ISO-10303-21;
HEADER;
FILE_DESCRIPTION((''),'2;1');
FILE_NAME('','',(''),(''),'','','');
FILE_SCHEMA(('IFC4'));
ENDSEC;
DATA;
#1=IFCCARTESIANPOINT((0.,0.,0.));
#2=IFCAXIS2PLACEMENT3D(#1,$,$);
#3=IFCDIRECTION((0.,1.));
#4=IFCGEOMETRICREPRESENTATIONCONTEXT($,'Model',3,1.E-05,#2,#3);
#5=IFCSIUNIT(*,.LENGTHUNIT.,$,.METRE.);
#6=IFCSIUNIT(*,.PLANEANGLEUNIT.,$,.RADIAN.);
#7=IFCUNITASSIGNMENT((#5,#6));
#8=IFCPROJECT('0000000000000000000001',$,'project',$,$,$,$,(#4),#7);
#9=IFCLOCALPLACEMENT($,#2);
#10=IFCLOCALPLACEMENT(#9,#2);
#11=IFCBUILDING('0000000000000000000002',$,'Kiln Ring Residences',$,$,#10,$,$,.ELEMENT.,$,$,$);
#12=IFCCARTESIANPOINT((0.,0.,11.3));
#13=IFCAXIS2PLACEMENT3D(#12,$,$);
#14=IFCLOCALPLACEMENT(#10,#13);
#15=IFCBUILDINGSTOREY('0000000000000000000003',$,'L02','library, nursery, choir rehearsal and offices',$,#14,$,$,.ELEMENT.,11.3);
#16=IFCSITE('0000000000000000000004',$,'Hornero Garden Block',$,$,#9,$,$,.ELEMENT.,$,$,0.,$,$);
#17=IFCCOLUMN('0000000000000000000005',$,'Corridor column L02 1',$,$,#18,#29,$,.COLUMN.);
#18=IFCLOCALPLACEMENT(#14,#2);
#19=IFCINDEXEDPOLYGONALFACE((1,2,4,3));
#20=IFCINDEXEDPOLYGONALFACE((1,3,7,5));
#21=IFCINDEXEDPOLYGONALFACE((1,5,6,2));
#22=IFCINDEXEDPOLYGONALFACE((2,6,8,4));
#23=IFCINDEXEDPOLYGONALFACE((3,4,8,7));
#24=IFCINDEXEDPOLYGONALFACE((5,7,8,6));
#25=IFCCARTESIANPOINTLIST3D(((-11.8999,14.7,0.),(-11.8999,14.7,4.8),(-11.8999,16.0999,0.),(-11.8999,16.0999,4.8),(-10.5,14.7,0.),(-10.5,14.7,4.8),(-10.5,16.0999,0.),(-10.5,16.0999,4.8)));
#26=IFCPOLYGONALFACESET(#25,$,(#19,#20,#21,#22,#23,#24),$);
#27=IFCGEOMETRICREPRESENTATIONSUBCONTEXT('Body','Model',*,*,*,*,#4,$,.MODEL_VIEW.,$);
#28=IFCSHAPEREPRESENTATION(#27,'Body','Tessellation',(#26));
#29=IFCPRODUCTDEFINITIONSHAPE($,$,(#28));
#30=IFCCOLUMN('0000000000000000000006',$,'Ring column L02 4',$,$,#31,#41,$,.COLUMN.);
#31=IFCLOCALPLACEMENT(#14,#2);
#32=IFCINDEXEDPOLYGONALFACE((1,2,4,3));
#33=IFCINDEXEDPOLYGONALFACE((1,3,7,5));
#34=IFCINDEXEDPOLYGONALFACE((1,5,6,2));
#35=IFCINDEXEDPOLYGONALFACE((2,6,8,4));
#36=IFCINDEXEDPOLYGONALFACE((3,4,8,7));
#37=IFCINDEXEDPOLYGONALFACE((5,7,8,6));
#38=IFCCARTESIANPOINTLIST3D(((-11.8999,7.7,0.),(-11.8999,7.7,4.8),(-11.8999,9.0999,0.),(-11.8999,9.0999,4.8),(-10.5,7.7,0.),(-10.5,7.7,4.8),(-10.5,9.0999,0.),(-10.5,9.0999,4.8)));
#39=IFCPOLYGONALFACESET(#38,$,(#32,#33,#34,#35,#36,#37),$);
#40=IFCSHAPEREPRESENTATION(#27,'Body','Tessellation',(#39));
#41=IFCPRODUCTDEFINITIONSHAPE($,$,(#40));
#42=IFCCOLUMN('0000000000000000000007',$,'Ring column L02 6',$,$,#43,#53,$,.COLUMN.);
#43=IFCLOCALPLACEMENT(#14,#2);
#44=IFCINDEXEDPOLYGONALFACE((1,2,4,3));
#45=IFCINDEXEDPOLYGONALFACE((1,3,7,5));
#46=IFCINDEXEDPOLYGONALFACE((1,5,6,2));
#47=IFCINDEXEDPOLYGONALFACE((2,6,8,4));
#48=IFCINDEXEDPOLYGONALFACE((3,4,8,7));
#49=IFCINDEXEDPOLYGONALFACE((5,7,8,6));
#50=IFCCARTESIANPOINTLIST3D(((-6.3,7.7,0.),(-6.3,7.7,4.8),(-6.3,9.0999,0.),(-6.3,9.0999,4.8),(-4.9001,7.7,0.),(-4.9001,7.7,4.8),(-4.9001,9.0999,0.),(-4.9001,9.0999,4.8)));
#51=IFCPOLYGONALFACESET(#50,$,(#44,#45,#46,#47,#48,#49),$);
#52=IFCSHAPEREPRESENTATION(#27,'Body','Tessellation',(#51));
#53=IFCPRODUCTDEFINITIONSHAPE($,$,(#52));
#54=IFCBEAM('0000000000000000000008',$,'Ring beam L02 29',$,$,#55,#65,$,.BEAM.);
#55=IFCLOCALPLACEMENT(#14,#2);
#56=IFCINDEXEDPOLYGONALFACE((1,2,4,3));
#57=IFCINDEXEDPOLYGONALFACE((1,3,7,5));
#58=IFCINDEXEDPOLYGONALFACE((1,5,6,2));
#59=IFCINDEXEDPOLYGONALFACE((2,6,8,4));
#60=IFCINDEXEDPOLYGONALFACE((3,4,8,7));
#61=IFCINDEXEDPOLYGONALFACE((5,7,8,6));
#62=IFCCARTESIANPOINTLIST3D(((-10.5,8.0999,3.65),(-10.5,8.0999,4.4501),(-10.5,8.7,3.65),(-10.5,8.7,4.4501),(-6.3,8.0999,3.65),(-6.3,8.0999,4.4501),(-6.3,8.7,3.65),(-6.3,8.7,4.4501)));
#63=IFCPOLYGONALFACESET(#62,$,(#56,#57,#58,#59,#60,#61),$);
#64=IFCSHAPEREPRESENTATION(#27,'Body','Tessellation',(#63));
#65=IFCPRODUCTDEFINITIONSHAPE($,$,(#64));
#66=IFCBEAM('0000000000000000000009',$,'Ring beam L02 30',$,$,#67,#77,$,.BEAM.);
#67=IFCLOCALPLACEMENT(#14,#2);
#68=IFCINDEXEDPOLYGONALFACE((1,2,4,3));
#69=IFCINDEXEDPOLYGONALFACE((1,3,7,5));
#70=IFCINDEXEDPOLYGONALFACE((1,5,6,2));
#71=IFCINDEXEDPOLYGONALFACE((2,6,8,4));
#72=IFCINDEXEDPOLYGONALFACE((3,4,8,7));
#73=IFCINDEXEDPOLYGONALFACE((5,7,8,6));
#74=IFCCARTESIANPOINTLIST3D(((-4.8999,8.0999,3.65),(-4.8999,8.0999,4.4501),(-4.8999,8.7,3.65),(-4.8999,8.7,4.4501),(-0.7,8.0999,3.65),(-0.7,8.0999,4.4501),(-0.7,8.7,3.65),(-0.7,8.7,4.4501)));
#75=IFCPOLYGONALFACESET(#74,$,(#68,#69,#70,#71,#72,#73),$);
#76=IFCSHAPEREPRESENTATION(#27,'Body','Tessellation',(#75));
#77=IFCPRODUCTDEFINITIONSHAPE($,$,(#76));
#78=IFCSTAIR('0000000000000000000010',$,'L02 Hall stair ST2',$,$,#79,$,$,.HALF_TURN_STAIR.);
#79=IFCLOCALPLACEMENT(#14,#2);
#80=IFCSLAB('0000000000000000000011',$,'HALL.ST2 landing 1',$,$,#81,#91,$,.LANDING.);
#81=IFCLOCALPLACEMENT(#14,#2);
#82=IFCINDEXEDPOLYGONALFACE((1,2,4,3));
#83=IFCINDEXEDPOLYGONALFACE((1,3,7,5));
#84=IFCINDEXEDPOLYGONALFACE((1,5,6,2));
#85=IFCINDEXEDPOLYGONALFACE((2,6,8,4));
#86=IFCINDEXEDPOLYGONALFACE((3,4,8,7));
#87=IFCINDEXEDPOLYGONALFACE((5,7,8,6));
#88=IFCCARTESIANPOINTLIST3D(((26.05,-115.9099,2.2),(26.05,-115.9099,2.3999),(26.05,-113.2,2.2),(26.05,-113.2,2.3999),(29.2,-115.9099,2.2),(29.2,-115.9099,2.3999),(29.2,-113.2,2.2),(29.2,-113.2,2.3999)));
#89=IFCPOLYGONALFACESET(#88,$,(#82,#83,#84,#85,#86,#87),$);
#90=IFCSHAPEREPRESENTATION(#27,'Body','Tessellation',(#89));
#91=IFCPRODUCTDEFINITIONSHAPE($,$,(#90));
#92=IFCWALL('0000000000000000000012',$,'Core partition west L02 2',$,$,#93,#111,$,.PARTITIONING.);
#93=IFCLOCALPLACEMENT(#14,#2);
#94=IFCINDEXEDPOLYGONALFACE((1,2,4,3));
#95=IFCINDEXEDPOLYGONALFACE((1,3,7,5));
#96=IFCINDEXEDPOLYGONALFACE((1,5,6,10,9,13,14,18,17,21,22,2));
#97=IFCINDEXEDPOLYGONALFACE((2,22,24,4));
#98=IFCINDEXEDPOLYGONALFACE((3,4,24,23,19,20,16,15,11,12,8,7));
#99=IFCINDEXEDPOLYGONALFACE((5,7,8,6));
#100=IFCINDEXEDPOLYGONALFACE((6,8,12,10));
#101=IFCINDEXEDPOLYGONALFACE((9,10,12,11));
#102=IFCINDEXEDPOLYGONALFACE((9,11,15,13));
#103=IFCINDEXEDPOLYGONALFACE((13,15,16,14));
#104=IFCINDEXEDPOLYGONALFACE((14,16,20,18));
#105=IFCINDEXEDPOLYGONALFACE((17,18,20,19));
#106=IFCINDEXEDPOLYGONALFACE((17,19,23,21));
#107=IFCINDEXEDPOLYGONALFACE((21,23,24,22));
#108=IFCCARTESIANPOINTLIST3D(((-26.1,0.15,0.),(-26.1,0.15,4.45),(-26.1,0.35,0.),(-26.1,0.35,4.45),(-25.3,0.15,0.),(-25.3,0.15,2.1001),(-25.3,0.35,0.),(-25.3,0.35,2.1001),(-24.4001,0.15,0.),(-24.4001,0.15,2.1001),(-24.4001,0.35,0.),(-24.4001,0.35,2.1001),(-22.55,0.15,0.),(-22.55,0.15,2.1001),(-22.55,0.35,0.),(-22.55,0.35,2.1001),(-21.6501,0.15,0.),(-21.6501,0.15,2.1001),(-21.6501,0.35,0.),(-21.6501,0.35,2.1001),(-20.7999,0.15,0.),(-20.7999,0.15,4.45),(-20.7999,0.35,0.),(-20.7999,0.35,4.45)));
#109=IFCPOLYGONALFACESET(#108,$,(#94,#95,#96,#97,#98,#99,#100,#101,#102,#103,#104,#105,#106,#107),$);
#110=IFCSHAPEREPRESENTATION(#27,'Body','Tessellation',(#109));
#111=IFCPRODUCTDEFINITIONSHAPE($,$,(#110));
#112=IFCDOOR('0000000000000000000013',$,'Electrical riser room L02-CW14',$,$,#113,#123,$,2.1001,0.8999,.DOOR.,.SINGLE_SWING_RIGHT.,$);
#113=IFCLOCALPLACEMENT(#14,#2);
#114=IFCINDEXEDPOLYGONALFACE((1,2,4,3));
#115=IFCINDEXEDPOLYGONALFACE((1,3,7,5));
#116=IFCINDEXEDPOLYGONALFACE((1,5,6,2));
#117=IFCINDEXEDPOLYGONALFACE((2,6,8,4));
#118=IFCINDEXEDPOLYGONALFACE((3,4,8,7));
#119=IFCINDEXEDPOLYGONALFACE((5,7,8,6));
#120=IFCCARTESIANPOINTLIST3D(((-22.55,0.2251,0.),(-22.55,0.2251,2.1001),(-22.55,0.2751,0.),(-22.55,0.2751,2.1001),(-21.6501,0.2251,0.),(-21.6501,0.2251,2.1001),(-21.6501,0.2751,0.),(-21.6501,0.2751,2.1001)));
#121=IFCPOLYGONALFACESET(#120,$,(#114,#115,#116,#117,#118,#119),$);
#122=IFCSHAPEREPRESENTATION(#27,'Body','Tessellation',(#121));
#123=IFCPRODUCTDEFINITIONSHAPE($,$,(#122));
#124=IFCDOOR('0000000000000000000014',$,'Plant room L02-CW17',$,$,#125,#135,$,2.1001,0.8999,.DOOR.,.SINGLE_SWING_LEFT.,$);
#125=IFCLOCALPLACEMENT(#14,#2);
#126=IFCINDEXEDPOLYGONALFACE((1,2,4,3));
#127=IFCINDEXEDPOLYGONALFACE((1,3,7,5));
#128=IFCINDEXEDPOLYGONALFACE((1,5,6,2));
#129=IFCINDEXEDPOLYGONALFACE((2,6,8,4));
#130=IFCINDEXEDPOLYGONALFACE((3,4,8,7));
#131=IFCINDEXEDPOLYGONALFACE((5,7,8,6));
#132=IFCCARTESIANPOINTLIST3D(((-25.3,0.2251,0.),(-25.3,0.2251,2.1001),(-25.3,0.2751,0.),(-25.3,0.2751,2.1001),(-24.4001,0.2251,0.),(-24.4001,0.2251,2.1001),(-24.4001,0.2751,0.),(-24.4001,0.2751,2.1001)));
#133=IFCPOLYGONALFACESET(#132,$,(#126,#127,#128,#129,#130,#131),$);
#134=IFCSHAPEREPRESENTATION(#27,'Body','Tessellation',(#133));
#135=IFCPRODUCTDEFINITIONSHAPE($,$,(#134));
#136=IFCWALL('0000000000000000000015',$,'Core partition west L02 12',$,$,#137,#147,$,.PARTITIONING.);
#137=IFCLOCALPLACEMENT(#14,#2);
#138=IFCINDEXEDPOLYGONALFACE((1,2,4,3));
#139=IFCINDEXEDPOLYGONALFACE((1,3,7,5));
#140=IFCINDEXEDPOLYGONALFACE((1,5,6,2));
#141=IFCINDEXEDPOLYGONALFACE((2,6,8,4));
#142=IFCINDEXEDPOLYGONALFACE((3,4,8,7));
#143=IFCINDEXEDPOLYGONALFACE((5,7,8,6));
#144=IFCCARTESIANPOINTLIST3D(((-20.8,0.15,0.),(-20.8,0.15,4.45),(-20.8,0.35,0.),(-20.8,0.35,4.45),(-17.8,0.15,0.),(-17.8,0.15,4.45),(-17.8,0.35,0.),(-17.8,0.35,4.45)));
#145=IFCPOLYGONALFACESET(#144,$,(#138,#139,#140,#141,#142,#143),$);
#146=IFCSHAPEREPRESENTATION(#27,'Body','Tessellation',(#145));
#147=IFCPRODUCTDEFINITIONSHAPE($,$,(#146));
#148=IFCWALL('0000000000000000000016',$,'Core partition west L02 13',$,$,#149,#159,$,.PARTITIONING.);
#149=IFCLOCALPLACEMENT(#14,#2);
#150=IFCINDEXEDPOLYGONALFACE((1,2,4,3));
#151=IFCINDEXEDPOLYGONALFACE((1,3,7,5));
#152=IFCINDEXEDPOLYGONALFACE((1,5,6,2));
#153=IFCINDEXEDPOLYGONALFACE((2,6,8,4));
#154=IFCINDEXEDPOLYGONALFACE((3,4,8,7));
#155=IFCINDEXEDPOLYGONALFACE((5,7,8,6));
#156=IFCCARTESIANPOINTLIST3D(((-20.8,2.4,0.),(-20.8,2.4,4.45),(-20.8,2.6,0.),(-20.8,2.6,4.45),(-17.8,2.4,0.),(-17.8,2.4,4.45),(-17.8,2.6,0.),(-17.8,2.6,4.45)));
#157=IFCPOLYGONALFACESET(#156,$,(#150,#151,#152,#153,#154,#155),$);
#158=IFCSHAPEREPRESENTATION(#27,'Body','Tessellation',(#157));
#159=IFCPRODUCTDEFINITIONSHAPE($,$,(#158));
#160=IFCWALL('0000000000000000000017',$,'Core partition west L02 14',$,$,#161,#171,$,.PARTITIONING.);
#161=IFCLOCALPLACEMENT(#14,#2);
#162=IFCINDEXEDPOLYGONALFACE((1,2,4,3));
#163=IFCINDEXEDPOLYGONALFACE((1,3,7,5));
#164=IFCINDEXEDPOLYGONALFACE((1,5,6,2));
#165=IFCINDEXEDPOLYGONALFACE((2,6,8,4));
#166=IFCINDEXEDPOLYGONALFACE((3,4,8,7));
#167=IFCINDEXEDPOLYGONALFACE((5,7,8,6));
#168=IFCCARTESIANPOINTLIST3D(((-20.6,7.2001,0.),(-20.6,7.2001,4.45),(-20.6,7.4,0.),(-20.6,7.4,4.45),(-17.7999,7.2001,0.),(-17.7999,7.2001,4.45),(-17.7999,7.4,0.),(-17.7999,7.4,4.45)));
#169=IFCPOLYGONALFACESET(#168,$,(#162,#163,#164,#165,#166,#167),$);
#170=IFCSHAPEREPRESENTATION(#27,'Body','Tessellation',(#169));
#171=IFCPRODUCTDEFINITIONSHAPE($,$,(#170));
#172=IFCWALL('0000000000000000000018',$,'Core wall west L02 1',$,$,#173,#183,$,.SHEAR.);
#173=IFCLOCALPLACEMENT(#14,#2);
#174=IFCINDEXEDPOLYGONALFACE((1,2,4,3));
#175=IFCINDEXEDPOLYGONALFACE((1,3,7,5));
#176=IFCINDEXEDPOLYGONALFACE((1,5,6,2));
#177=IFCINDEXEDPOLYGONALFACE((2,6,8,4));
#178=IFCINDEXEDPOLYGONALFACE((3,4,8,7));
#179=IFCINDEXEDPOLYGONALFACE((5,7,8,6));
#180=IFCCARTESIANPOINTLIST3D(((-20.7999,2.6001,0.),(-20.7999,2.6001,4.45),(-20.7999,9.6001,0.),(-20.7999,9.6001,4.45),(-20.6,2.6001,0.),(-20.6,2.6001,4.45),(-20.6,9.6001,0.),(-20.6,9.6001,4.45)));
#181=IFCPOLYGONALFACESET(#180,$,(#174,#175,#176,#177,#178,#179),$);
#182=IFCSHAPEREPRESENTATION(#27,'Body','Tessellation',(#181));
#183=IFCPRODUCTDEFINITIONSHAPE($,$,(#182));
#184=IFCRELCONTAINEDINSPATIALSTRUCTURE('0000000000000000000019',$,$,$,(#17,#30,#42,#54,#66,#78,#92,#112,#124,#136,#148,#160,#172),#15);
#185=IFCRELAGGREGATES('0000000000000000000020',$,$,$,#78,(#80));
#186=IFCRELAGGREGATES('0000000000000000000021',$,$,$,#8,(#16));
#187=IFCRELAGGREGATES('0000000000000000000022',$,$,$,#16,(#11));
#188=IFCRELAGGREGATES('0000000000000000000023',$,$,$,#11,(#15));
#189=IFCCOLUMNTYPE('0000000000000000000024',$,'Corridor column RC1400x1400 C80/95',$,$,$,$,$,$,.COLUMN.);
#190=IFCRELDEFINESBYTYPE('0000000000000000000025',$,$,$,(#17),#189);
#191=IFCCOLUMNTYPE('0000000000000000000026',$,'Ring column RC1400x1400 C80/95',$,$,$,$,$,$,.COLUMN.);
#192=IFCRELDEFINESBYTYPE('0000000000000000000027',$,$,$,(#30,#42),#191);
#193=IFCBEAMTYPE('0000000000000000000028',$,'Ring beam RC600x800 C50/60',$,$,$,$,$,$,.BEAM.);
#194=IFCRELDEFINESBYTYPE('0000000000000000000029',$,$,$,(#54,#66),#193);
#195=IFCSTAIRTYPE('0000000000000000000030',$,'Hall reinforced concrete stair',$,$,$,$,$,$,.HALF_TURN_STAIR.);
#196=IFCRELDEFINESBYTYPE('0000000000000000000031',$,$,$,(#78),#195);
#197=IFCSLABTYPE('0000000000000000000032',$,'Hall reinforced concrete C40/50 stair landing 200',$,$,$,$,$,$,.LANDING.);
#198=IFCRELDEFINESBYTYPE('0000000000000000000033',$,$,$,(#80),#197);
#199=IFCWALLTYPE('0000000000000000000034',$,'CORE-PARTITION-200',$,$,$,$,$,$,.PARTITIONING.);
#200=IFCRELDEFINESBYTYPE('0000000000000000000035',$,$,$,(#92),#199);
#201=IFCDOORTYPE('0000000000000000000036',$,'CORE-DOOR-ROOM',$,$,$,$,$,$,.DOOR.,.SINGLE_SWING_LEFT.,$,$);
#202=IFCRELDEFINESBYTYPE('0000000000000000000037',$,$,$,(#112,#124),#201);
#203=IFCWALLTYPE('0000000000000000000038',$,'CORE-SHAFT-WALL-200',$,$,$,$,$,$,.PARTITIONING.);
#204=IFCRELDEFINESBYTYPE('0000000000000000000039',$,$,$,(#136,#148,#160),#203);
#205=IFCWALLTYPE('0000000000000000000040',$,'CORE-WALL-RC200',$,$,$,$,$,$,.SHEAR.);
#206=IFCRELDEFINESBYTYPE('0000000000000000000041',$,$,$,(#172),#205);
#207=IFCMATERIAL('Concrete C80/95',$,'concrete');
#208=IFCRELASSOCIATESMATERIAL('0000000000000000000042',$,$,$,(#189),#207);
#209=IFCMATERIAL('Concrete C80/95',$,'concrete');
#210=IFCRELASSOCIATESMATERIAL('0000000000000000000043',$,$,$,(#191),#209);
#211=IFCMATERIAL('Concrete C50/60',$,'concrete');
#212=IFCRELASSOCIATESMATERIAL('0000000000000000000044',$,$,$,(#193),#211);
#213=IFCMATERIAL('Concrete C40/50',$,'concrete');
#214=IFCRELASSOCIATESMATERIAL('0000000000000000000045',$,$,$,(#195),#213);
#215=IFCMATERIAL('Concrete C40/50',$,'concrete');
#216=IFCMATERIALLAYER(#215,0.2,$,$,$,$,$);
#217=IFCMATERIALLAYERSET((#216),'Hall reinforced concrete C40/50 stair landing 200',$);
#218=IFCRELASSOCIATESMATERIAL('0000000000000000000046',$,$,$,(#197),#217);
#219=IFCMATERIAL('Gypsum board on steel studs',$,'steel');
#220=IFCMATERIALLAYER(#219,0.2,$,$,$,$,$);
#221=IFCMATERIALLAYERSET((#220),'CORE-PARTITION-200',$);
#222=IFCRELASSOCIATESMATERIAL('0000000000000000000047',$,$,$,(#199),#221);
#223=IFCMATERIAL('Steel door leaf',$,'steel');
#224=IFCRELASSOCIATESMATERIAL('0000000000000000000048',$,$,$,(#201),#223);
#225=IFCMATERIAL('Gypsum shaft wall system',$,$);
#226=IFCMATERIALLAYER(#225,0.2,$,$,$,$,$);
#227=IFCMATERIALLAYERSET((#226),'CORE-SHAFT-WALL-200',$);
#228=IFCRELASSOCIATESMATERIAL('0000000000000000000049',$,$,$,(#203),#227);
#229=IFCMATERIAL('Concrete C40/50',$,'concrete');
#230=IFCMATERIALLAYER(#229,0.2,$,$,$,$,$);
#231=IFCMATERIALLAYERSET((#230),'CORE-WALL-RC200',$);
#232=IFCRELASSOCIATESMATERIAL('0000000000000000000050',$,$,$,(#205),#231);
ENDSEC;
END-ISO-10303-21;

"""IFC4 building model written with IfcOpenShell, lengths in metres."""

from ifc_helpers import new_model, si_unit, direction, frame, frame_2d, origin, origin_2d, place, context, subcontext, project, spatial, polyline, rectangle, outline, extrude, material, layer, layer_set, material_profile, profile_set, type_object, element, fill, aggregate, save


model = new_model("IFC4")

# Units and contexts
model_context = context("Model", 3, precision=1e-05, world=origin(), true_north=direction((0.0, 1.0)))
body_context = subcontext(model_context, "Body", "Model", "MODEL_VIEW")
ifc_project = project(units=[si_unit("LENGTHUNIT", "METRE"), si_unit("PLANEANGLEUNIT", "RADIAN")], contexts=[model_context])

# Site, building, storey
site_placement = place(None, origin())
site = spatial("IfcSite", under=ifc_project, at=site_placement, Name="Hornero Garden Block", CompositionType="ELEMENT", RefElevation=0.0)
building_placement = place(site_placement, origin())
building = spatial("IfcBuilding", under=site, at=building_placement, Name="Kiln Ring Residences", CompositionType="ELEMENT")
storey_placement = place(building_placement, frame((0.0, 0.0, 11.3)))
storey = spatial("IfcBuildingStorey", under=building, at=storey_placement, Name="L02", Description="library, nursery, choir rehearsal and offices", CompositionType="ELEMENT", Elevation=11.3)

# Columns
ifc_material_1 = material(Name="Concrete C80/95", Category="concrete")
ifc_material_profile_1 = material_profile(ifc_material_1, rectangle(XDim=1.3999, YDim=1.3999, at=origin_2d()), Name="RC1400x1400")
ifc_profile_set_1 = profile_set([ifc_material_profile_1], Name="Concrete C80/95")
column_type_1 = type_object("IfcColumnType", Name="Corridor column RC1400x1400 C80/95", PredefinedType="COLUMN", material=ifc_profile_set_1)
column_placement = place(storey_placement, frame((-11.2, 15.3999, 0.0), z_axis=(0.0, 0.0, 1.0), x_axis=(1.0, 0.0, 0.0)))
element("IfcColumn", 1, at=column_placement, inside=storey, type_object=column_type_1, Name="Corridor column L02 1", PredefinedType="COLUMN", context=body_context, shape_type="SweptSolid", body=[
    extrude(rectangle(XDim=1.3999, YDim=1.3999, at=origin_2d()), origin(), (0.0, 0.0, 1.0), 4.8),
])
ifc_material_2 = material(Name="Concrete C80/95", Category="concrete")
ifc_material_profile_2 = material_profile(ifc_material_2, rectangle(XDim=1.3999, YDim=1.3999, at=origin_2d()), Name="RC1400x1400")
ifc_profile_set_2 = profile_set([ifc_material_profile_2], Name="Concrete C80/95")
column_type_2 = type_object("IfcColumnType", Name="Ring column RC1400x1400 C80/95", PredefinedType="COLUMN", material=ifc_profile_set_2)
for number, where, z_axis, x_axis, name in (
    (2, (-11.2, 8.3999, 0.0), (0.0, 0.0, 1.0), (1.0, 0.0, 0.0), "Ring column L02 4"),
    (3, (-5.6001, 8.3999, 0.0), (0.0, 0.0, 1.0), (1.0, 0.0, 0.0), "Ring column L02 6"),
):
    element("IfcColumn", number, at=place(storey_placement, frame(where, z_axis=z_axis, x_axis=x_axis)), inside=storey, type_object=column_type_2, Name=name, PredefinedType="COLUMN", context=body_context, shape_type="SweptSolid", body=[
        extrude(rectangle(XDim=1.3999, YDim=1.3999, at=origin_2d()), origin(), (0.0, 0.0, 1.0), 4.8),
    ])

# Beams
ifc_material_3 = material(Name="Concrete C50/60", Category="concrete")
ifc_material_profile_3 = material_profile(ifc_material_3, rectangle(XDim=0.6001, YDim=0.8, at=origin_2d()), Name="RC600x800")
ifc_profile_set_3 = profile_set([ifc_material_profile_3], Name="Concrete C50/60")
beam_type = type_object("IfcBeamType", Name="Ring beam RC600x800 C50/60", PredefinedType="BEAM", material=ifc_profile_set_3)
for number, where, z_axis, x_axis, name in (
    (4, (-10.5, 8.3999, 4.05), (1.0, 0.0, 0.0), (0.0, 1.0, 0.0), "Ring beam L02 29"),
    (5, (-4.8999, 8.3999, 4.05), (1.0, 0.0, 0.0), (0.0, 1.0, 0.0), "Ring beam L02 30"),
):
    element("IfcBeam", number, at=place(storey_placement, frame(where, z_axis=z_axis, x_axis=x_axis)), inside=storey, type_object=beam_type, Name=name, PredefinedType="BEAM", context=body_context, shape_type="SweptSolid", body=[
        extrude(rectangle(XDim=0.6001, YDim=0.8, at=origin_2d()), origin(), (0.0, 0.0, 1.0), 4.2),
    ])

# Stair, slab
ifc_material_4 = material(Name="Concrete C40/50", Category="concrete")
stair_type = type_object("IfcStairType", Name="Hall reinforced concrete stair", PredefinedType="HALF_TURN_STAIR", material=ifc_material_4)
stair_placement = place(storey_placement, origin())
stair = element("IfcStair", 6, at=stair_placement, inside=storey, type_object=stair_type, Name="L02 Hall stair ST2", PredefinedType="HALF_TURN_STAIR")
ifc_material_5 = material(Name="Concrete C40/50", Category="concrete")
ifc_layer_1 = layer(ifc_material_5, 0.2)
ifc_layer_set_1 = layer_set([ifc_layer_1], Name="Hall reinforced concrete C40/50 stair landing 200")
slab_type = type_object("IfcSlabType", Name="Hall reinforced concrete C40/50 stair landing 200", PredefinedType="LANDING", material=ifc_layer_set_1)
slab_placement = place(storey_placement, frame((0.0, 0.0, 2.2)))
slab = element("IfcSlab", 7, at=slab_placement, type_object=slab_type, Name="HALL.ST2 landing 1", PredefinedType="LANDING", context=body_context, shape_type="SweptSolid", body=[
    extrude(outline(polyline([(29.2, -115.9099), (29.2, -113.2), (26.05, -113.2), (26.05, -115.9099), (29.2, -115.9099)])), origin(), (0.0, 0.0, 1.0), 0.2),
])
aggregate(stair, [slab])

# Wall, openings, doors
ifc_material_6 = material(Name="Gypsum board on steel studs", Category="steel")
ifc_layer_2 = layer(ifc_material_6, 0.2)
ifc_layer_set_2 = layer_set([ifc_layer_2], Name="CORE-PARTITION-200")
wall_type_1 = type_object("IfcWallType", Name="CORE-PARTITION-200", PredefinedType="PARTITIONING", material=ifc_layer_set_2)
wall_1_placement = place(storey_placement, frame((-20.8, 0.25, 0.0), z_axis=(0.0, 0.0, 1.0), x_axis=(-1.0, 0.0, 0.0)))
wall_1 = element("IfcWall", 8, at=wall_1_placement, inside=storey, type_object=wall_type_1, Name="Core partition west L02 2", PredefinedType="PARTITIONING", context=body_context, shape_type="SweptSolid", body=[
    extrude(rectangle(XDim=5.3, YDim=0.2, at=frame_2d((2.6499, 0.0))), origin(), (0.0, 0.0, 1.0), 4.45),
])
opening_1_placement = place(wall_1_placement, frame((0.8501, 0.0, 0.0)))
opening_1 = element("IfcOpeningElement", 9, at=opening_1_placement, cuts=wall_1, PredefinedType="OPENING", context=body_context, shape_type="SweptSolid", body=[
    extrude(rectangle(XDim=0.8999, YDim=2.1001, at=frame_2d((0.45, 1.05))), frame((0.0, 0.1099, 0.0), z_axis=(0.0, -1.0, 0.0), x_axis=(1.0, 0.0, 0.0)), (0.0, 0.0, 1.0), 0.22),
])
opening_2_placement = place(wall_1_placement, frame((3.6001, 0.0, 0.0)))
opening_2 = element("IfcOpeningElement", 10, at=opening_2_placement, cuts=wall_1, PredefinedType="OPENING", context=body_context, shape_type="SweptSolid", body=[
    extrude(rectangle(XDim=0.8999, YDim=2.1001, at=frame_2d((0.45, 1.05))), frame((0.0, 0.1099, 0.0), z_axis=(0.0, -1.0, 0.0), x_axis=(1.0, 0.0, 0.0)), (0.0, 0.0, 1.0), 0.22),
])
ifc_material_7 = material(Name="Steel door leaf", Category="steel")
door_type_1 = type_object("IfcDoorType", Name="CORE-DOOR-ROOM", OperationType="SINGLE_SWING_LEFT", PredefinedType="DOOR", material=ifc_material_7)
door_1_placement = place(opening_1_placement, origin())
door_1 = element("IfcDoor", 11, at=door_1_placement, inside=storey, type_object=door_type_1, Name="Electrical riser room L02-CW14", OperationType="SINGLE_SWING_RIGHT", OverallHeight=2.1001, OverallWidth=0.8999, PredefinedType="DOOR", context=body_context, shape_type="SweptSolid", body=[
    extrude(rectangle(XDim=0.8999, YDim=2.1001, at=frame_2d((0.45, 1.05))), frame((0.0, 0.0249, 0.0), z_axis=(0.0, -1.0, 0.0), x_axis=(1.0, 0.0, 0.0)), (0.0, 0.0, 1.0), 0.05),
])
fill(opening_1, door_1)
door_2_placement = place(opening_2_placement, origin())
door_2 = element("IfcDoor", 12, at=door_2_placement, inside=storey, type_object=door_type_1, Name="Plant room L02-CW17", OperationType="SINGLE_SWING_LEFT", OverallHeight=2.1001, OverallWidth=0.8999, PredefinedType="DOOR", context=body_context, shape_type="SweptSolid", body=[
    extrude(rectangle(XDim=0.8999, YDim=2.1001, at=frame_2d((0.45, 1.05))), frame((0.0, 0.0249, 0.0), z_axis=(0.0, -1.0, 0.0), x_axis=(1.0, 0.0, 0.0)), (0.0, 0.0, 1.0), 0.05),
])
fill(opening_2, door_2)

# Walls
ifc_material_8 = material(Name="Gypsum shaft wall system")
ifc_layer_3 = layer(ifc_material_8, 0.2)
ifc_layer_set_3 = layer_set([ifc_layer_3], Name="CORE-SHAFT-WALL-200")
wall_type_2 = type_object("IfcWallType", Name="CORE-SHAFT-WALL-200", PredefinedType="PARTITIONING", material=ifc_layer_set_3)
for number, where, z_axis, x_axis, name in (
    (13, (-17.8, 0.25, 0.0), (0.0, 0.0, 1.0), (-1.0, 0.0, 0.0), "Core partition west L02 12"),
    (14, (-17.8, 2.5, 0.0), (0.0, 0.0, 1.0), (-1.0, 0.0, 0.0), "Core partition west L02 13"),
):
    element("IfcWall", number, at=place(storey_placement, frame(where, z_axis=z_axis, x_axis=x_axis)), inside=storey, type_object=wall_type_2, Name=name, PredefinedType="PARTITIONING", context=body_context, shape_type="SweptSolid", body=[
        extrude(rectangle(XDim=3.0, YDim=0.2, at=frame_2d((1.5, 0.0))), origin(), (0.0, 0.0, 1.0), 4.45),
    ])
wall_2_placement = place(storey_placement, frame((-17.8, 7.3, 0.0), z_axis=(0.0, 0.0, 1.0), x_axis=(-1.0, 0.0, 0.0)))
element("IfcWall", 15, at=wall_2_placement, inside=storey, type_object=wall_type_2, Name="Core partition west L02 14", PredefinedType="PARTITIONING", context=body_context, shape_type="SweptSolid", body=[
    extrude(rectangle(XDim=2.8, YDim=0.2, at=frame_2d((1.3999, 0.0))), origin(), (0.0, 0.0, 1.0), 4.45),
])
ifc_material_9 = material(Name="Concrete C40/50", Category="concrete")
ifc_layer_4 = layer(ifc_material_9, 0.2)
ifc_layer_set_4 = layer_set([ifc_layer_4], Name="CORE-WALL-RC200")
wall_type_3 = type_object("IfcWallType", Name="CORE-WALL-RC200", PredefinedType="SHEAR", material=ifc_layer_set_4)
wall_3_placement = place(storey_placement, frame((-20.7, 2.6001, 0.0), z_axis=(0.0, 0.0, 1.0), x_axis=(0.0, 1.0, 0.0)))
element("IfcWall", 16, at=wall_3_placement, inside=storey, type_object=wall_type_3, Name="Core wall west L02 1", PredefinedType="SHEAR", context=body_context, shape_type="SweptSolid", body=[
    extrude(rectangle(XDim=7.0, YDim=0.2, at=frame_2d((3.5, 0.0))), origin(), (0.0, 0.0, 1.0), 4.45),
])

save(model, "model.ifc")
